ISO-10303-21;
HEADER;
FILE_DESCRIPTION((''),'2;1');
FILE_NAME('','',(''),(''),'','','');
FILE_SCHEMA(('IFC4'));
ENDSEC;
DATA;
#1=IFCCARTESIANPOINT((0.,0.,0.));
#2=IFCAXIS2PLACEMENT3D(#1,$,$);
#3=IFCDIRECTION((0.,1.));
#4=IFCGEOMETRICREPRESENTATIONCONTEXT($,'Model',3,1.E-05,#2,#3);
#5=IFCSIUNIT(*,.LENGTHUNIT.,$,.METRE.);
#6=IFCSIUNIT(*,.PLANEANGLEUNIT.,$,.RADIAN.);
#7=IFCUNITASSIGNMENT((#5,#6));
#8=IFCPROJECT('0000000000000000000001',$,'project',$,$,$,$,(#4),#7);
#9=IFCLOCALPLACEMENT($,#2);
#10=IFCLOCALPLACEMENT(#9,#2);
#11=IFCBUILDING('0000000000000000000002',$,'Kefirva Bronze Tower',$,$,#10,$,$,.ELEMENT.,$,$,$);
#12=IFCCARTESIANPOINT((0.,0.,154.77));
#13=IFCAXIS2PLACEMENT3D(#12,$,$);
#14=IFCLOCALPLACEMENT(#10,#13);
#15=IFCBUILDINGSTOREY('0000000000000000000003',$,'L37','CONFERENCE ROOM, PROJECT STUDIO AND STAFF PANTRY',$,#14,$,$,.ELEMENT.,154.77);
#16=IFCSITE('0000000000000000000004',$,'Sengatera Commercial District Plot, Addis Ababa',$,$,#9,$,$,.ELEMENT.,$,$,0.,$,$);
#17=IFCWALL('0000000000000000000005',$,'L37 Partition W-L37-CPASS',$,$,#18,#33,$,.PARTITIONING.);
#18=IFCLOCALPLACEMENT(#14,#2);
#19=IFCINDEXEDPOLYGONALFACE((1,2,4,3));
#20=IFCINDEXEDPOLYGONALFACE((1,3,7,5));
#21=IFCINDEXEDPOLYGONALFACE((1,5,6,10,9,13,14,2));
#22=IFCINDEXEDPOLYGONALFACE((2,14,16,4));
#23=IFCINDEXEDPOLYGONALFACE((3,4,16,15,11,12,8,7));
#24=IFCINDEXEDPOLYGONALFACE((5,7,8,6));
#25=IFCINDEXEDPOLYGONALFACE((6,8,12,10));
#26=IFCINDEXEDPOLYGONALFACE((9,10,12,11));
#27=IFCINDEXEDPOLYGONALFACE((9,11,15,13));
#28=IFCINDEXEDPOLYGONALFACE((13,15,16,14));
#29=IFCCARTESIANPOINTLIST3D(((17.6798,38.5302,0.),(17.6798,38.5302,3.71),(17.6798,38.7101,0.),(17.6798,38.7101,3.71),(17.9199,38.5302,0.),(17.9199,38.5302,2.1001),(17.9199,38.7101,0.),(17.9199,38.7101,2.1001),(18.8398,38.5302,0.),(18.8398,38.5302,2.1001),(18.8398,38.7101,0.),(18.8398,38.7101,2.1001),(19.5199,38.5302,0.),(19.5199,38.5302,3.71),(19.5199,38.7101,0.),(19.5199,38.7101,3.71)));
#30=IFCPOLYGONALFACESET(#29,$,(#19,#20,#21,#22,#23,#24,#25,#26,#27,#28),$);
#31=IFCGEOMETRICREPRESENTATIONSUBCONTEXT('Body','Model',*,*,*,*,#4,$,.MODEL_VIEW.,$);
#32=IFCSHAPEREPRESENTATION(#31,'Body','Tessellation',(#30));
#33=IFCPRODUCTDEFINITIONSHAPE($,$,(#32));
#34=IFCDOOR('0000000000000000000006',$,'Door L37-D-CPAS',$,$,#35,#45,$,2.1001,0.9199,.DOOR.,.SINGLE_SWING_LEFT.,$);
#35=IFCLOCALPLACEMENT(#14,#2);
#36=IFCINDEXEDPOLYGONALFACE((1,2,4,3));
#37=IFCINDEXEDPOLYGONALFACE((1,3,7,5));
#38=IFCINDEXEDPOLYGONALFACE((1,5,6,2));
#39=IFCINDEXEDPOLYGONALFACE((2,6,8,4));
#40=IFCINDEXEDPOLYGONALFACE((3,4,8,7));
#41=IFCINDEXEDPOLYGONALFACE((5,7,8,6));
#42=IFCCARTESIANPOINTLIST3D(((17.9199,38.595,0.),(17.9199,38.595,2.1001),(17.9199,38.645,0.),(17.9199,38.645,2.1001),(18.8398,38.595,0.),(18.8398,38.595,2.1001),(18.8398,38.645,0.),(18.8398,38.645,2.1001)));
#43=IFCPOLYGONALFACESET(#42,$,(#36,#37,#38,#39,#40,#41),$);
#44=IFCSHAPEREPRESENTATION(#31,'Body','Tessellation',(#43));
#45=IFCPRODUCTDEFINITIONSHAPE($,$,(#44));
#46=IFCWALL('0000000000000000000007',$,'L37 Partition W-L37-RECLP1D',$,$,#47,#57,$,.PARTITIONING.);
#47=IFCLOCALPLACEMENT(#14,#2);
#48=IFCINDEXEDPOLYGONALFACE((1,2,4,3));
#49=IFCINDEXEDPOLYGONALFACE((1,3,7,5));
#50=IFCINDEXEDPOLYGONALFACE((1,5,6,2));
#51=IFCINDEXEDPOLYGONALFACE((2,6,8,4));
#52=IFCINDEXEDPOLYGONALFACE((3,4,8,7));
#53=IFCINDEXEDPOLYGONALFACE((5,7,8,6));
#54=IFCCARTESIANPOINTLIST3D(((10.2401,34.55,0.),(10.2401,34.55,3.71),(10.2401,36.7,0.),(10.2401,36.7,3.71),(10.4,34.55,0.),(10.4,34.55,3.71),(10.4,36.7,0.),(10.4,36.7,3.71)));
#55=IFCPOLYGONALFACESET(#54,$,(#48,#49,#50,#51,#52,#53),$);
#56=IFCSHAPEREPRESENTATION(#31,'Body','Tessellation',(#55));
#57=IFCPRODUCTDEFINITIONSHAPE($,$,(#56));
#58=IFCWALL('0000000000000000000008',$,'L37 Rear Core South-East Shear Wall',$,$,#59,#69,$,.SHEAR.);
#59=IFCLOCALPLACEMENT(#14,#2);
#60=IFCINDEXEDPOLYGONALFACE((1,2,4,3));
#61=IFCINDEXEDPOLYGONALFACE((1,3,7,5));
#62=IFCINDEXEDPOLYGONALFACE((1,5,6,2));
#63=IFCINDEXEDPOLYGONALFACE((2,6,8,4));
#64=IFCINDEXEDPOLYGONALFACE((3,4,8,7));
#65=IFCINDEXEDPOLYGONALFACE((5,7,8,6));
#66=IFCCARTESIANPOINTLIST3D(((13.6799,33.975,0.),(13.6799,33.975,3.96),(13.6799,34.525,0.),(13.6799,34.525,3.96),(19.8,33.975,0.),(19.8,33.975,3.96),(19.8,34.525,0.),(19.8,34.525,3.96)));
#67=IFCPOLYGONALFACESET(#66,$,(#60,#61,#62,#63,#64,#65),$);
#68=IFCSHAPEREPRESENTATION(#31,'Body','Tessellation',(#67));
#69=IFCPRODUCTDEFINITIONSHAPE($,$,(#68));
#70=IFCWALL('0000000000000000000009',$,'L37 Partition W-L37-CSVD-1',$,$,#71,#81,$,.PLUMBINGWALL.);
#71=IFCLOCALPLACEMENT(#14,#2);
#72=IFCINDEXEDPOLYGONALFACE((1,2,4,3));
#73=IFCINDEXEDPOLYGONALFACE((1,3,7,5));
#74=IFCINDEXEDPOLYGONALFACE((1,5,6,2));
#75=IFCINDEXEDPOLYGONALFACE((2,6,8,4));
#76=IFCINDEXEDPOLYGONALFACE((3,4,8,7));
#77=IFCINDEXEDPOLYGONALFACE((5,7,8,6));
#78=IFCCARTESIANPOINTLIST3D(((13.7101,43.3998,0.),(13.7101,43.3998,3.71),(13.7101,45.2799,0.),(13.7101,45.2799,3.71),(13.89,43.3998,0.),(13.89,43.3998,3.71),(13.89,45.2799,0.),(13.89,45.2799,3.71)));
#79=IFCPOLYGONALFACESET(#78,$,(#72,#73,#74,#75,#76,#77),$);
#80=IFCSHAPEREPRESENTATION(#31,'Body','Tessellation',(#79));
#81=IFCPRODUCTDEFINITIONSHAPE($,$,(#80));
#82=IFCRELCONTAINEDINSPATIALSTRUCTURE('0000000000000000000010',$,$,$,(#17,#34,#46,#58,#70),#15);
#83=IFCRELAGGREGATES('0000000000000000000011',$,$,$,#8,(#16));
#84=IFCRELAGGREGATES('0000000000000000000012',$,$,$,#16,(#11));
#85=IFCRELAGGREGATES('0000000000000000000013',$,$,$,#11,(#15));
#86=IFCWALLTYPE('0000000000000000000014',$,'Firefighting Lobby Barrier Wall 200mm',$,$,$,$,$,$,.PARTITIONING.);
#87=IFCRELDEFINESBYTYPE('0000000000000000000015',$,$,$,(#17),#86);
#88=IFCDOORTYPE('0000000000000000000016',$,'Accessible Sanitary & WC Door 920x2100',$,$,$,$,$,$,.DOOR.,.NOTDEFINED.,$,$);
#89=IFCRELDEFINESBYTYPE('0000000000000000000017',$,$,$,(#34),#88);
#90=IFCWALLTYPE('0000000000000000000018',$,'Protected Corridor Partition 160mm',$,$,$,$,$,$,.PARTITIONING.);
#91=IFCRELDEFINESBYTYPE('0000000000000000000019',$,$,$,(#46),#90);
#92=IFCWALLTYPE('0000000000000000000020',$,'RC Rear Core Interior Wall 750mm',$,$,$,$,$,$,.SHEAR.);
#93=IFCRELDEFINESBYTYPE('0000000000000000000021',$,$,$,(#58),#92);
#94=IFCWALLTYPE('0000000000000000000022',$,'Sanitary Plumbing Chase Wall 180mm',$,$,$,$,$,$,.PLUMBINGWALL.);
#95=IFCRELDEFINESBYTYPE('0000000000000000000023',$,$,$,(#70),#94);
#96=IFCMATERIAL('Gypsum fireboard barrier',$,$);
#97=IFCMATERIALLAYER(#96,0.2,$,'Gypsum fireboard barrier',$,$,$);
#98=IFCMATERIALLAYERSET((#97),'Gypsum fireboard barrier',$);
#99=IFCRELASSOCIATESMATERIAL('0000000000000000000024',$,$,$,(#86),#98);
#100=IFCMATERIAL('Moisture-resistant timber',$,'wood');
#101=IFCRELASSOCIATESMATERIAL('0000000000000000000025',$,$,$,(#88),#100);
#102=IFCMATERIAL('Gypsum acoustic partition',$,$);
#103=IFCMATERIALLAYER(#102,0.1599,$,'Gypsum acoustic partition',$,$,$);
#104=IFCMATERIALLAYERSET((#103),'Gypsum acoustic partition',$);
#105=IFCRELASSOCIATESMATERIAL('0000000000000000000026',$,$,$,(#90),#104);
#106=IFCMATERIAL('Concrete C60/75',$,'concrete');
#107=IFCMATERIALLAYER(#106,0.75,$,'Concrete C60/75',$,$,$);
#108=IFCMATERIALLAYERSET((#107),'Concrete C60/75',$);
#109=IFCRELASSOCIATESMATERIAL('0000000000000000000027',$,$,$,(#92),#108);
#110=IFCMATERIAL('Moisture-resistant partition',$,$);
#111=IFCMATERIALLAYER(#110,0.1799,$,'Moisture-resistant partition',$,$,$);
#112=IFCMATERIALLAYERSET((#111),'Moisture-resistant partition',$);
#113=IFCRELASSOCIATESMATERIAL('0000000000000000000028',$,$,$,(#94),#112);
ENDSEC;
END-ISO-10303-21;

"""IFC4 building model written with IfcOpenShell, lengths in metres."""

from ifc_helpers import new_model, si_unit, direction, frame, frame_2d, origin, place, context, subcontext, project, spatial, rectangle, extrude, material, layer, layer_set, type_object, element, fill, save


model = new_model("IFC4")

# Units and contexts
model_context = context("Model", 3, precision=1e-05, world=origin(), true_north=direction((0.0, 1.0)))
body_context = subcontext(model_context, "Body", "Model", "MODEL_VIEW")
ifc_project = project(units=[si_unit("LENGTHUNIT", "METRE"), si_unit("PLANEANGLEUNIT", "RADIAN")], contexts=[model_context])

# Site, building, storey
site_placement = place(None, origin())
site = spatial("IfcSite", under=ifc_project, at=site_placement, Name="Sengatera Commercial District Plot, Addis Ababa", CompositionType="ELEMENT", RefElevation=0.0)
building_placement = place(site_placement, origin())
building = spatial("IfcBuilding", under=site, at=building_placement, Name="Kefirva Bronze Tower", CompositionType="ELEMENT")
storey_placement = place(building_placement, frame((0.0, 0.0, 154.77)))
storey = spatial("IfcBuildingStorey", under=building, at=storey_placement, Name="L37", Description="CONFERENCE ROOM, PROJECT STUDIO AND STAFF PANTRY", CompositionType="ELEMENT", Elevation=154.77)

# Shared definitions
ifc_material_1 = material(Name="Concrete C60/75", Category="concrete")

# Wall, opening, door
ifc_material_2 = material(Name="Gypsum fireboard barrier")
ifc_layer_1 = layer(ifc_material_2, 0.2, Name="Gypsum fireboard barrier")
ifc_layer_set_1 = layer_set([ifc_layer_1], Name="Gypsum fireboard barrier")
wall_type_1 = type_object("IfcWallType", Name="Firefighting Lobby Barrier Wall 200mm", PredefinedType="PARTITIONING", material=ifc_layer_set_1)
wall_1_placement = place(storey_placement, frame((17.6799, 38.6201, 0.0), z_axis=(0.0, 0.0, 1.0), x_axis=(1.0, 0.0, 0.0)))
wall_1 = element("IfcWall", 1, at=wall_1_placement, inside=storey, type_object=wall_type_1, Name="L37 Partition W-L37-CPASS", PredefinedType="PARTITIONING", context=body_context, shape_type="SweptSolid", body=[
    extrude(rectangle(XDim=1.8401, YDim=0.1799, at=frame_2d((0.9199, 0.0))), origin(), (0.0, 0.0, 1.0), 3.71),
])
opening_1_placement = place(wall_1_placement, frame((0.24, 0.0, 0.0)))
opening_1 = element("IfcOpeningElement", 2, at=opening_1_placement, cuts=wall_1, PredefinedType="OPENING", context=body_context, shape_type="SweptSolid", body=[
    extrude(rectangle(XDim=0.9199, YDim=2.1001, at=frame_2d((0.46, 1.05))), frame((0.0, 0.1001, 0.0), z_axis=(0.0, -1.0, 0.0), x_axis=(1.0, 0.0, 0.0)), (0.0, 0.0, 1.0), 0.2),
])
ifc_material_3 = material(Name="Moisture-resistant timber", Category="wood")
door_type_1 = type_object("IfcDoorType", Name="Accessible Sanitary & WC Door 920x2100", OperationType="NOTDEFINED", PredefinedType="DOOR", material=ifc_material_3)
door_1_placement = place(opening_1_placement, origin())
door_1 = element("IfcDoor", 3, at=door_1_placement, inside=storey, type_object=door_type_1, Name="Door L37-D-CPAS", OperationType="SINGLE_SWING_LEFT", OverallHeight=2.1001, OverallWidth=0.9199, PredefinedType="DOOR", context=body_context, shape_type="SweptSolid", body=[
    extrude(rectangle(XDim=0.9199, YDim=2.1001, at=frame_2d((0.46, 1.05))), frame((0.0, 0.0249, 0.0), z_axis=(0.0, -1.0, 0.0), x_axis=(1.0, 0.0, 0.0)), (0.0, 0.0, 1.0), 0.05),
])
fill(opening_1, door_1)

# Wall
ifc_material_4 = material(Name="Gypsum acoustic partition")
ifc_layer_2 = layer(ifc_material_4, 0.1599, Name="Gypsum acoustic partition")
ifc_layer_set_2 = layer_set([ifc_layer_2], Name="Gypsum acoustic partition")
wall_type_2 = type_object("IfcWallType", Name="Protected Corridor Partition 160mm", PredefinedType="PARTITIONING", material=ifc_layer_set_2)
wall_2_placement = place(storey_placement, frame((10.3201, 34.55, 0.0), z_axis=(0.0, 0.0, 1.0), x_axis=(0.0, 1.0, 0.0)))
element("IfcWall", 4, at=wall_2_placement, inside=storey, type_object=wall_type_2, Name="L37 Partition W-L37-RECLP1D", PredefinedType="PARTITIONING", context=body_context, shape_type="SweptSolid", body=[
    extrude(rectangle(XDim=2.1499, YDim=0.1599, at=frame_2d((1.075, 0.0))), origin(), (0.0, 0.0, 1.0), 3.71),
])

# Walls
ifc_layer_3 = layer(ifc_material_1, 0.75, Name="Concrete C60/75")
ifc_layer_set_3 = layer_set([ifc_layer_3], Name="Concrete C60/75")
wall_type_3 = type_object("IfcWallType", Name="RC Rear Core Interior Wall 750mm", PredefinedType="SHEAR", material=ifc_layer_set_3)
wall_3_placement = place(storey_placement, frame((13.6799, 34.25, 0.0), z_axis=(0.0, 0.0, 1.0), x_axis=(1.0, 0.0, 0.0)))
element("IfcWall", 5, at=wall_3_placement, inside=storey, type_object=wall_type_3, Name="L37 Rear Core South-East Shear Wall", PredefinedType="SHEAR", context=body_context, shape_type="SweptSolid", body=[
    extrude(rectangle(XDim=6.1201, YDim=0.55, at=frame_2d((3.0601, 0.0))), origin(), (0.0, 0.0, 1.0), 3.96),
])
ifc_material_5 = material(Name="Moisture-resistant partition")
ifc_layer_4 = layer(ifc_material_5, 0.1799, Name="Moisture-resistant partition")
ifc_layer_set_4 = layer_set([ifc_layer_4], Name="Moisture-resistant partition")
wall_type_4 = type_object("IfcWallType", Name="Sanitary Plumbing Chase Wall 180mm", PredefinedType="PLUMBINGWALL", material=ifc_layer_set_4)
wall_4_placement = place(storey_placement, frame((13.8, 43.3999, 0.0), z_axis=(0.0, 0.0, 1.0), x_axis=(0.0, 1.0, 0.0)))
element("IfcWall", 6, at=wall_4_placement, inside=storey, type_object=wall_type_4, Name="L37 Partition W-L37-CSVD-1", PredefinedType="PLUMBINGWALL", context=body_context, shape_type="SweptSolid", body=[
    extrude(rectangle(XDim=1.8801, YDim=0.1799, at=frame_2d((0.9399, 0.0))), origin(), (0.0, 0.0, 1.0), 3.71),
])

save(model, "model.ifc")
